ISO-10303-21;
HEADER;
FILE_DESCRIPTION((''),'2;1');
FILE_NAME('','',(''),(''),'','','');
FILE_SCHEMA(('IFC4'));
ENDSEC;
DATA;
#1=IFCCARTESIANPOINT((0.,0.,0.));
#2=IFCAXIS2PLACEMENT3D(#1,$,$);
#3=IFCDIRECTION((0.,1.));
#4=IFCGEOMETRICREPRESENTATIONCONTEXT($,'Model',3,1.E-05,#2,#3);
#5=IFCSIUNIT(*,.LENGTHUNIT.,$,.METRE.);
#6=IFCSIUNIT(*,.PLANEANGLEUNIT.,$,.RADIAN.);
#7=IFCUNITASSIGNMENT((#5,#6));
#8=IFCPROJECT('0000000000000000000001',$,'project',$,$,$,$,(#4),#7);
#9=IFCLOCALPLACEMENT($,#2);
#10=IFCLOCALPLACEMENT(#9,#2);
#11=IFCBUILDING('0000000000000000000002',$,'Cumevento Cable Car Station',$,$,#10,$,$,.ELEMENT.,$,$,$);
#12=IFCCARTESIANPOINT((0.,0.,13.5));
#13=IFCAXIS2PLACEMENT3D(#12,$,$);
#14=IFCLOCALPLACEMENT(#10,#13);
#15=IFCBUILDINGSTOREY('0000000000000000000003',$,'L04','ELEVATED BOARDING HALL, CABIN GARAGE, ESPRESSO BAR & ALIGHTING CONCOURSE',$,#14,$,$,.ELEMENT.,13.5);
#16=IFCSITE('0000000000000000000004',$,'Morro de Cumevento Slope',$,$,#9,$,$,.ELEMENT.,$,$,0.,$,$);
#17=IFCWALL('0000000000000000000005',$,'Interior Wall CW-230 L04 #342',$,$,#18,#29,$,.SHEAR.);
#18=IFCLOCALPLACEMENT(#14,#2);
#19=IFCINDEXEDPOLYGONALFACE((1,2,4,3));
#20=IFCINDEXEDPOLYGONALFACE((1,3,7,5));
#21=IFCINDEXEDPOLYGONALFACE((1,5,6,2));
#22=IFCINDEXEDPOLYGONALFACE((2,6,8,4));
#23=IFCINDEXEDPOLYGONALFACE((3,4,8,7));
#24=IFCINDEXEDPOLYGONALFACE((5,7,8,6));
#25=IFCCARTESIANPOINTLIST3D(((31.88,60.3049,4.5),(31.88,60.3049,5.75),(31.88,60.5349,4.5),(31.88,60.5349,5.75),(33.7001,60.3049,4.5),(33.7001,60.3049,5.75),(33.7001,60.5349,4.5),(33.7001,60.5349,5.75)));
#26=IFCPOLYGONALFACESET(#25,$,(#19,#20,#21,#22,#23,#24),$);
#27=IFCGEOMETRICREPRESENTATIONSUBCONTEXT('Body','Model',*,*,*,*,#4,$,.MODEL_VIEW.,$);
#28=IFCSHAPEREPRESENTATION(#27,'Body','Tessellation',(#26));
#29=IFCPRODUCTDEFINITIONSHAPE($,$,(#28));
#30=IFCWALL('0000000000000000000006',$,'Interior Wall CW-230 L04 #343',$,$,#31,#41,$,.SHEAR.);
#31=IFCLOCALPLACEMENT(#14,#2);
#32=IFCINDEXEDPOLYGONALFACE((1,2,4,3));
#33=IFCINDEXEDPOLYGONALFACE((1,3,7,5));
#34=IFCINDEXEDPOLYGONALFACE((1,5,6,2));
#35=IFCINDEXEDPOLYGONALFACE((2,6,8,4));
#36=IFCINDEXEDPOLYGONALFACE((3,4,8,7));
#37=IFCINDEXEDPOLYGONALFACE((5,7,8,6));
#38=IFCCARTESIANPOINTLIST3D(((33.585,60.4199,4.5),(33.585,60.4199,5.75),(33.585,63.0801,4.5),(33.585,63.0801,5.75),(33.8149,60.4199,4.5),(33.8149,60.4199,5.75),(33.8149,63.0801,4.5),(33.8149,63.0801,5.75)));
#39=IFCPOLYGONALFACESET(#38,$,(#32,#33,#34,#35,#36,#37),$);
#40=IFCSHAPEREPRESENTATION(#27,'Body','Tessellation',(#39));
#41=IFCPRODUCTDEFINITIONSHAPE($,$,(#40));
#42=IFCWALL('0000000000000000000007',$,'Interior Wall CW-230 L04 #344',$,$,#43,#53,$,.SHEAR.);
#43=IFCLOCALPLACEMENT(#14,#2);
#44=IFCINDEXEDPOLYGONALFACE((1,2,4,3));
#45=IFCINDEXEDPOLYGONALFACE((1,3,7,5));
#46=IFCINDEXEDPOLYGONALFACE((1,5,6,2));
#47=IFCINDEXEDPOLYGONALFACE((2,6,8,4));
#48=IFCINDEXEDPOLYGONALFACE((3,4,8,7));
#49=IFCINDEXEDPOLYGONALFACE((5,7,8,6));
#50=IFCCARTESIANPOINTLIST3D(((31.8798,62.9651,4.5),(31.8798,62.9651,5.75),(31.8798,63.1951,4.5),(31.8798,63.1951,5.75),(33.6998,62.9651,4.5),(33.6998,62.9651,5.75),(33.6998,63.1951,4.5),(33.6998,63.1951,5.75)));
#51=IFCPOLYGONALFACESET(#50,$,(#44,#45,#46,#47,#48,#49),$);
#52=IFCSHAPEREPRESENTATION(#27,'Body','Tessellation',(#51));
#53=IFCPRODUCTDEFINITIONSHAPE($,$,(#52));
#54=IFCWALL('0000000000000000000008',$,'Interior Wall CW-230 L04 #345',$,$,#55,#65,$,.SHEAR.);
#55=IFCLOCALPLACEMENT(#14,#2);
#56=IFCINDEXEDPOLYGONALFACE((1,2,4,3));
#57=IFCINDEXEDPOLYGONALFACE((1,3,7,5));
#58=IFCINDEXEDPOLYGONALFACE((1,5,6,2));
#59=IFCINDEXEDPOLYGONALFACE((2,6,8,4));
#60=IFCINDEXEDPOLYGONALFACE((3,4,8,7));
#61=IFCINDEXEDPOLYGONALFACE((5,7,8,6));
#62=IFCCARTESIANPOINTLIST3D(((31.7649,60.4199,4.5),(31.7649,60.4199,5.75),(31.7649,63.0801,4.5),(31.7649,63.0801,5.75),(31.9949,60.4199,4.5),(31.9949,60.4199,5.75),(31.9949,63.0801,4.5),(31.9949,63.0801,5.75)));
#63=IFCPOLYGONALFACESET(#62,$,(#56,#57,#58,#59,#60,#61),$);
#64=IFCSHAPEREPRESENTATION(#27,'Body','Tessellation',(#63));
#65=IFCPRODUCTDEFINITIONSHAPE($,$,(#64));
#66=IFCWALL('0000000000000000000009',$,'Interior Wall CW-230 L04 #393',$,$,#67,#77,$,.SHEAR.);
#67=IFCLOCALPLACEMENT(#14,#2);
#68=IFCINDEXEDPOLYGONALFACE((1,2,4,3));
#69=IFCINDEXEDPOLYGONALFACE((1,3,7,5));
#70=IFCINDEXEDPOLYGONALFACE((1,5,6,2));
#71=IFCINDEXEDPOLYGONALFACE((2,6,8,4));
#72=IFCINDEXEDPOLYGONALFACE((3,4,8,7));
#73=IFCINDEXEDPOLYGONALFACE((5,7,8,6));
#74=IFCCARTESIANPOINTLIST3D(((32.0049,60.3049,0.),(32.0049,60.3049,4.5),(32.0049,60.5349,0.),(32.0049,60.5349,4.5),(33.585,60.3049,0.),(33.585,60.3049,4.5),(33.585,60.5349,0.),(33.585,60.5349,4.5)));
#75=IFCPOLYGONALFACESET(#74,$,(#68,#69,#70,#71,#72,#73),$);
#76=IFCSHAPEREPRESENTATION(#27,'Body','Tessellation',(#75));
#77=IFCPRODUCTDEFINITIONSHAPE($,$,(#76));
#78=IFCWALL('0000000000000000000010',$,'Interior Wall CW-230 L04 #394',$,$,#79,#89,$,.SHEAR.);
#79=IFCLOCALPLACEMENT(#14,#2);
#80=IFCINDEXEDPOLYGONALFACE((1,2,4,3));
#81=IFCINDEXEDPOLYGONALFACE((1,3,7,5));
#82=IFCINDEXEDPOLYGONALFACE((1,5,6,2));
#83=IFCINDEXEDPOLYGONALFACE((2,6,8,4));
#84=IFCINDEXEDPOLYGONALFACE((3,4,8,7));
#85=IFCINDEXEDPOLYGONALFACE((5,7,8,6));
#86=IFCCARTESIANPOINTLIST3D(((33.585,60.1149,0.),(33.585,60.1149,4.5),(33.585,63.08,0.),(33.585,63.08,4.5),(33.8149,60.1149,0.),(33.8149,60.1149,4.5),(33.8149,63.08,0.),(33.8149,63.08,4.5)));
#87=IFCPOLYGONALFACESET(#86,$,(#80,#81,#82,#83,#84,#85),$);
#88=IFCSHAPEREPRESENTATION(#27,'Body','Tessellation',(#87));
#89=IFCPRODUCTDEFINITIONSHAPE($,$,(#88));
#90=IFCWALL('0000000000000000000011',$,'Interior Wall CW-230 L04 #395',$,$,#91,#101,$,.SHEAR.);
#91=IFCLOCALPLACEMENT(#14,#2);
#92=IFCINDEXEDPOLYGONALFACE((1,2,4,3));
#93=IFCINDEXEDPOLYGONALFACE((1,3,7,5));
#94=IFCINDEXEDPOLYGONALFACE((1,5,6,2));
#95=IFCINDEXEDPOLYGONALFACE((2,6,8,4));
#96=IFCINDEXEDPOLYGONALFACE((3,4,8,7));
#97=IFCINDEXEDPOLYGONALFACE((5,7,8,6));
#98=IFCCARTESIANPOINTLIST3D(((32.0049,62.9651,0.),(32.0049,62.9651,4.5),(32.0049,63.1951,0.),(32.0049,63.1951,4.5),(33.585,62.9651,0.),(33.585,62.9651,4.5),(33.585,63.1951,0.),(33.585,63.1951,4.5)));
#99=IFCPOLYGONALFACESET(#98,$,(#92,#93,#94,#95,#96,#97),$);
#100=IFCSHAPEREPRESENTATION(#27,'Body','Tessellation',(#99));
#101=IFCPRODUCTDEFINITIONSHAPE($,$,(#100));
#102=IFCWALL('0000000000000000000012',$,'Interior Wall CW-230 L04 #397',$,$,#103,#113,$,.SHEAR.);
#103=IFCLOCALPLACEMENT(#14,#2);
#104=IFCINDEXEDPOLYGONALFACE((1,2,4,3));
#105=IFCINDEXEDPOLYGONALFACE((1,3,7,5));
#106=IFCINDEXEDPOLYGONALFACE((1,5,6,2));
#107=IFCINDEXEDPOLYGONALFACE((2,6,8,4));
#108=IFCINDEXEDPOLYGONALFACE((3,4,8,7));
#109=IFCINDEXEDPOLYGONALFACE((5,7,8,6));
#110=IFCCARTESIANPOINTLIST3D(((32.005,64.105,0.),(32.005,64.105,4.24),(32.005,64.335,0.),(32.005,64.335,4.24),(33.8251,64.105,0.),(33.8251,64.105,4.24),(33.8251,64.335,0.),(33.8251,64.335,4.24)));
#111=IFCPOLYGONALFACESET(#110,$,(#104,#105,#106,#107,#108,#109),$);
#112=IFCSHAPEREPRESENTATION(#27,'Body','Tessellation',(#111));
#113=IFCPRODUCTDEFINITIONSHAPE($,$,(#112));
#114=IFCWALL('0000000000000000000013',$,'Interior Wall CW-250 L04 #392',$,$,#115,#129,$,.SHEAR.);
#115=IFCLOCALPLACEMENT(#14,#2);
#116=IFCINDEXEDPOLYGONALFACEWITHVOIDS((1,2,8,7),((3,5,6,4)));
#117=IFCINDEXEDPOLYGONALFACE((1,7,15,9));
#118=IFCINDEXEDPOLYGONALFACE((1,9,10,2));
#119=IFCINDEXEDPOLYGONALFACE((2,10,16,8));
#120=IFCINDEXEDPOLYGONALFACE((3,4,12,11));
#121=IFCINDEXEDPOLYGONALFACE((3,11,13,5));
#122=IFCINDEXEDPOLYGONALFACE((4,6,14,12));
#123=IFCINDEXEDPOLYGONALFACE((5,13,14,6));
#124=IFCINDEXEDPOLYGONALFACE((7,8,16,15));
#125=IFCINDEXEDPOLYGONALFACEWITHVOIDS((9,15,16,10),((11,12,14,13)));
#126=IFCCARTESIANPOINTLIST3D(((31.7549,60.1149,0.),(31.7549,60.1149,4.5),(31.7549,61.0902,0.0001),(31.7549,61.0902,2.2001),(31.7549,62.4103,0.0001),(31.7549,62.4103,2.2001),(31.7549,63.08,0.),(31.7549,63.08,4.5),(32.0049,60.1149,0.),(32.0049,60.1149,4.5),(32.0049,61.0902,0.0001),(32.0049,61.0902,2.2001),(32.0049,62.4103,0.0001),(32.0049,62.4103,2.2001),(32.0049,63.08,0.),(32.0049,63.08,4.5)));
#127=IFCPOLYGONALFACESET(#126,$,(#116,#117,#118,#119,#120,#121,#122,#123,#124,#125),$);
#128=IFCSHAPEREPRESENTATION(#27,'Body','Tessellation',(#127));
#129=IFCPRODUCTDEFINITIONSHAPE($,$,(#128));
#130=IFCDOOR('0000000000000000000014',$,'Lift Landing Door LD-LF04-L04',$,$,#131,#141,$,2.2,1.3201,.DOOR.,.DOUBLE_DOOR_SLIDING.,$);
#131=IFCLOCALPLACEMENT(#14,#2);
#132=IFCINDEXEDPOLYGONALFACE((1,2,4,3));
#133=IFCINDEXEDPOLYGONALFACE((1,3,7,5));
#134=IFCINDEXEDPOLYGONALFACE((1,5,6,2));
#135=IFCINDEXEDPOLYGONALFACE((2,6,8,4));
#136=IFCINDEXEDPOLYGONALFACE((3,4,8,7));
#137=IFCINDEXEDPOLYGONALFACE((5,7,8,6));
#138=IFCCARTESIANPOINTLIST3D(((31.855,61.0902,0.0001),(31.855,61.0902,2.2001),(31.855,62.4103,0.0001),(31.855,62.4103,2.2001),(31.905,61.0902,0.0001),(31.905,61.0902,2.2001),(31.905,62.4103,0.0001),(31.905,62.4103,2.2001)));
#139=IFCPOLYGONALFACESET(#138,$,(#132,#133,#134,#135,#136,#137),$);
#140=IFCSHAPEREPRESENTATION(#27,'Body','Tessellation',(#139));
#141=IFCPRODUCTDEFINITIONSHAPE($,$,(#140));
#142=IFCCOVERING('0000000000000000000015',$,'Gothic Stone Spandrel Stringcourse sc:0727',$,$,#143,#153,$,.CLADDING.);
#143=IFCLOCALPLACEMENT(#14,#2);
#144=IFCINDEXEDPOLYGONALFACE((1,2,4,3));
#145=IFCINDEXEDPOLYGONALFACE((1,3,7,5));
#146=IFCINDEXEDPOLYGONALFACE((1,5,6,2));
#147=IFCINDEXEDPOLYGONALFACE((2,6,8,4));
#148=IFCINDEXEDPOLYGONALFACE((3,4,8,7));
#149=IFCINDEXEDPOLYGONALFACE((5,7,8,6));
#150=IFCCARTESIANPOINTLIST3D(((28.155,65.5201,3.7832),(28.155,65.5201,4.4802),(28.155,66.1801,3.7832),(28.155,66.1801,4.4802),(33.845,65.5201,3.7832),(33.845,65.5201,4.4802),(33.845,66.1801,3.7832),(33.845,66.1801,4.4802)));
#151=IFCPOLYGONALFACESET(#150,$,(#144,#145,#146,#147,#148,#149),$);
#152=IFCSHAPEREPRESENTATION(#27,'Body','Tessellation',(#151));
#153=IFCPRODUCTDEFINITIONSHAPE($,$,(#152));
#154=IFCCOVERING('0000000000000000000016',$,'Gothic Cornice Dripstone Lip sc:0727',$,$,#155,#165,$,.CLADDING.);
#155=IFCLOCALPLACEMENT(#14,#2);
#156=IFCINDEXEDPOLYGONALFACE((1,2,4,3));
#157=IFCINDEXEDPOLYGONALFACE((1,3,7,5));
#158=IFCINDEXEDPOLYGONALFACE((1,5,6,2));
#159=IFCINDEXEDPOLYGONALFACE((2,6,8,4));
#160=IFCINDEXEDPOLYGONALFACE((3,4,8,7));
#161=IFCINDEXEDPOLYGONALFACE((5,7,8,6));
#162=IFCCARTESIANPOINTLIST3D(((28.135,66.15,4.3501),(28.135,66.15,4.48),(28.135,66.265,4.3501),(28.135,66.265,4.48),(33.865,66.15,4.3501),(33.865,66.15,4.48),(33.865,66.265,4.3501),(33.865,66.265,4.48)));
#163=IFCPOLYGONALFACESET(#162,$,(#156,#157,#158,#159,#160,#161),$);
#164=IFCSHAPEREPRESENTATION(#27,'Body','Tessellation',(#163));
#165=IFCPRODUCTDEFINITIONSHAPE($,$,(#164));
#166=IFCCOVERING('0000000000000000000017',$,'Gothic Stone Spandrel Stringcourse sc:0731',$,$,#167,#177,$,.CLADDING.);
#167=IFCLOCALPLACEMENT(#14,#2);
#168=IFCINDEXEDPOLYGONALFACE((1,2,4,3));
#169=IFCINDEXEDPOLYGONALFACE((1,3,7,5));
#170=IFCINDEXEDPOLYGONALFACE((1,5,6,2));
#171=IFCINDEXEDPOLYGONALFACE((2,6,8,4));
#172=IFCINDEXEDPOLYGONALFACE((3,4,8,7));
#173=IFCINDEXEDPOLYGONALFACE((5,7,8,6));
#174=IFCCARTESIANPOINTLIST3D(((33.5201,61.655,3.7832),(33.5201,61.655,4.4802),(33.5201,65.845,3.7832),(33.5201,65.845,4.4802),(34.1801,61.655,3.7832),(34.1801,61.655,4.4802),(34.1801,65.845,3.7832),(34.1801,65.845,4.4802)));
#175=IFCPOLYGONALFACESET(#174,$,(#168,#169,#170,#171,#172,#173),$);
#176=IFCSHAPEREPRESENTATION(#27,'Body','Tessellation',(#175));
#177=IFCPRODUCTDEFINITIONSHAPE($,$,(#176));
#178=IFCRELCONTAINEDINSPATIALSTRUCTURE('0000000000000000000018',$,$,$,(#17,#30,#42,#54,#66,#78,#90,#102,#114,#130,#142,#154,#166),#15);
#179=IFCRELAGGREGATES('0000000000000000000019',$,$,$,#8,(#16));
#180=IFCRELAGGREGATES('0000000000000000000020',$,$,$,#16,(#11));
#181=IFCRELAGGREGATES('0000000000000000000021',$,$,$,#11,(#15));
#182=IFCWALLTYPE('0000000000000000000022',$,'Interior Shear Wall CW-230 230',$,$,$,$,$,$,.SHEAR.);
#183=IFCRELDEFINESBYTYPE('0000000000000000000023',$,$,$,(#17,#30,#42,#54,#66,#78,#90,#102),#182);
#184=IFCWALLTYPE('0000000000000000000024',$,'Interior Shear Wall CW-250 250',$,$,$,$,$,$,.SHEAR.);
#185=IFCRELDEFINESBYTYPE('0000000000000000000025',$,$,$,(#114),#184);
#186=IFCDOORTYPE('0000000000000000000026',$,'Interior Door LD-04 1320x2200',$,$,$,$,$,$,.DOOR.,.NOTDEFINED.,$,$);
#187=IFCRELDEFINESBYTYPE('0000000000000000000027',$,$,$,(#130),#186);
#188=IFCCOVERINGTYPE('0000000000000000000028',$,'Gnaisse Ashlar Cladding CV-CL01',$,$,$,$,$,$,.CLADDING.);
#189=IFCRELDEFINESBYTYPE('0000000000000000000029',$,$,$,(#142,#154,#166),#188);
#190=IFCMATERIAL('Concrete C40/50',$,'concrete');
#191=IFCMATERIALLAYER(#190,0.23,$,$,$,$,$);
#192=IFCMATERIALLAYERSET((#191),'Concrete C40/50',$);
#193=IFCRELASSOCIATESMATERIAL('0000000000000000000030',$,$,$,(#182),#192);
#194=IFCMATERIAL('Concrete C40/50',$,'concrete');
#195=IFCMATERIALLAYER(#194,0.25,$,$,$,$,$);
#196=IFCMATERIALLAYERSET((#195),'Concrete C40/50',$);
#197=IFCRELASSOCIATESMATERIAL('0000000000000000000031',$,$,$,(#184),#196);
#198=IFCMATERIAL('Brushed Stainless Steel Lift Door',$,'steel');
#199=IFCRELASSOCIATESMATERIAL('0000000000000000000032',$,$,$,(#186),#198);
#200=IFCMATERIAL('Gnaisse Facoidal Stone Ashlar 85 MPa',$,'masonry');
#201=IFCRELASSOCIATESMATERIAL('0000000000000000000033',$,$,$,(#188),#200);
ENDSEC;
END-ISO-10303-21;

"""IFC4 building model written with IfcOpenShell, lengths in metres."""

from ifc_helpers import new_model, si_unit, direction, frame, frame_2d, origin, origin_2d, place, context, subcontext, project, spatial, rectangle, extrude, material, layer, layer_set, type_object, element, fill, save


model = new_model("IFC4")

# Units and contexts
model_context = context("Model", 3, precision=1e-05, world=origin(), true_north=direction((0.0, 1.0)))
body_context = subcontext(model_context, "Body", "Model", "MODEL_VIEW")
ifc_project = project(units=[si_unit("LENGTHUNIT", "METRE"), si_unit("PLANEANGLEUNIT", "RADIAN")], contexts=[model_context])

# Site, building, storey
site_placement = place(None, origin())
site = spatial("IfcSite", under=ifc_project, at=site_placement, Name="Morro de Cumevento Slope", CompositionType="ELEMENT", RefElevation=0.0)
building_placement = place(site_placement, origin())
building = spatial("IfcBuilding", under=site, at=building_placement, Name="Cumevento Cable Car Station", CompositionType="ELEMENT")
storey_placement = place(building_placement, frame((0.0, 0.0, 13.5)))
storey = spatial("IfcBuildingStorey", under=building, at=storey_placement, Name="L04", Description="ELEVATED BOARDING HALL, CABIN GARAGE, ESPRESSO BAR & ALIGHTING CONCOURSE", CompositionType="ELEMENT", Elevation=13.5)

# Walls
ifc_material_1 = material(Name="Concrete C40/50", Category="concrete")
ifc_layer_1 = layer(ifc_material_1, 0.23)
ifc_layer_set_1 = layer_set([ifc_layer_1], Name="Concrete C40/50")
wall_type_1 = type_object("IfcWallType", Name="Interior Shear Wall CW-230 230", PredefinedType="SHEAR", material=ifc_layer_set_1)
wall_1_placement = place(storey_placement, frame((31.8799, 60.4199, 4.5), z_axis=(0.0, 0.0, 1.0), x_axis=(1.0, 0.0, 0.0)))
element("IfcWall", 1, at=wall_1_placement, inside=storey, type_object=wall_type_1, Name="Interior Wall CW-230 L04 #342", PredefinedType="SHEAR", context=body_context, shape_type="SweptSolid", body=[
    extrude(rectangle(XDim=1.8201, YDim=0.23, at=frame_2d((0.9102, 0.0))), origin(), (0.0, 0.0, 1.0), 1.25),
])
wall_2_placement = place(storey_placement, frame((33.7, 60.4199, 4.5), z_axis=(0.0, 0.0, 1.0), x_axis=(0.0, 1.0, 0.0)))
element("IfcWall", 2, at=wall_2_placement, inside=storey, type_object=wall_type_1, Name="Interior Wall CW-230 L04 #343", PredefinedType="SHEAR", context=body_context, shape_type="SweptSolid", body=[
    extrude(rectangle(XDim=2.6602, YDim=0.23, at=frame_2d((1.3301, 0.0))), origin(), (0.0, 0.0, 1.0), 1.25),
])
wall_3_placement = place(storey_placement, frame((33.7, 63.0801, 4.5), z_axis=(0.0, 0.0, 1.0), x_axis=(-1.0, 0.0, 0.0)))
element("IfcWall", 3, at=wall_3_placement, inside=storey, type_object=wall_type_1, Name="Interior Wall CW-230 L04 #344", PredefinedType="SHEAR", context=body_context, shape_type="SweptSolid", body=[
    extrude(rectangle(XDim=1.8201, YDim=0.23, at=frame_2d((0.9102, 0.0))), origin(), (0.0, 0.0, 1.0), 1.25),
])
wall_4_placement = place(storey_placement, frame((31.8799, 63.0801, 4.5), z_axis=(0.0, 0.0, 1.0), x_axis=(0.0, -1.0, 0.0)))
element("IfcWall", 4, at=wall_4_placement, inside=storey, type_object=wall_type_1, Name="Interior Wall CW-230 L04 #345", PredefinedType="SHEAR", context=body_context, shape_type="SweptSolid", body=[
    extrude(rectangle(XDim=2.6602, YDim=0.23, at=frame_2d((1.3301, 0.0))), origin(), (0.0, 0.0, 1.0), 1.25),
])
wall_5_placement = place(storey_placement, frame((32.0049, 60.4199, 0.0), z_axis=(0.0, 0.0, 1.0), x_axis=(1.0, 0.0, 0.0)))
element("IfcWall", 5, at=wall_5_placement, inside=storey, type_object=wall_type_1, Name="Interior Wall CW-230 L04 #393", PredefinedType="SHEAR", context=body_context, shape_type="SweptSolid", body=[
    extrude(rectangle(XDim=1.5801, YDim=0.23, at=frame_2d((0.79, 0.0))), origin(), (0.0, 0.0, 1.0), 4.5),
])
wall_6_placement = place(storey_placement, frame((33.7, 60.115, 0.0), z_axis=(0.0, 0.0, 1.0), x_axis=(0.0, 1.0, 0.0)))
element("IfcWall", 6, at=wall_6_placement, inside=storey, type_object=wall_type_1, Name="Interior Wall CW-230 L04 #394", PredefinedType="SHEAR", context=body_context, shape_type="SweptSolid", body=[
    extrude(rectangle(XDim=2.9651, YDim=0.23, at=frame_2d((1.4824, 0.0))), origin(), (0.0, 0.0, 1.0), 4.5),
])
wall_7_placement = place(storey_placement, frame((32.0049, 63.0801, 0.0), z_axis=(0.0, 0.0, 1.0), x_axis=(1.0, 0.0, 0.0)))
element("IfcWall", 7, at=wall_7_placement, inside=storey, type_object=wall_type_1, Name="Interior Wall CW-230 L04 #395", PredefinedType="SHEAR", context=body_context, shape_type="SweptSolid", body=[
    extrude(rectangle(XDim=1.5801, YDim=0.23, at=frame_2d((0.79, 0.0))), origin(), (0.0, 0.0, 1.0), 4.5),
])
wall_8_placement = place(storey_placement, frame((32.0049, 64.22, 0.0), z_axis=(0.0, 0.0, 1.0), x_axis=(1.0, 0.0, 0.0)))
element("IfcWall", 8, at=wall_8_placement, inside=storey, type_object=wall_type_1, Name="Interior Wall CW-230 L04 #397", PredefinedType="SHEAR", context=body_context, shape_type="SweptSolid", body=[
    extrude(rectangle(XDim=1.8201, YDim=0.23, at=frame_2d((0.9102, 0.0))), origin(), (0.0, 0.0, 1.0), 4.24),
])

# Wall, opening, door
ifc_material_2 = material(Name="Concrete C40/50", Category="concrete")
ifc_layer_2 = layer(ifc_material_2, 0.25)
ifc_layer_set_2 = layer_set([ifc_layer_2], Name="Concrete C40/50")
wall_type_2 = type_object("IfcWallType", Name="Interior Shear Wall CW-250 250", PredefinedType="SHEAR", material=ifc_layer_set_2)
wall_9_placement = place(storey_placement, frame((31.8799, 60.115, 0.0), z_axis=(0.0, 0.0, 1.0), x_axis=(0.0, 1.0, 0.0)))
wall_9 = element("IfcWall", 9, at=wall_9_placement, inside=storey, type_object=wall_type_2, Name="Interior Wall CW-250 L04 #392", PredefinedType="SHEAR", context=body_context, shape_type="SweptSolid", body=[
    extrude(rectangle(XDim=2.9651, YDim=0.25, at=frame_2d((1.4824, 0.0))), origin(), (0.0, 0.0, 1.0), 4.5),
])
opening_1_placement = place(wall_9_placement, frame((0.9751, 0.0, 0.0)))
opening_1 = element("IfcOpeningElement", 10, at=opening_1_placement, cuts=wall_9, PredefinedType="OPENING", context=body_context, shape_type="SweptSolid", body=[
    extrude(rectangle(XDim=1.3201, YDim=2.2, at=frame_2d((0.6602, 1.1001))), frame((0.0, 0.135, 0.0), z_axis=(0.0, -1.0, 0.0), x_axis=(1.0, 0.0, 0.0)), (0.0, 0.0, 1.0), 0.27),
])
ifc_material_3 = material(Name="Brushed Stainless Steel Lift Door", Category="steel")
door_type_1 = type_object("IfcDoorType", Name="Interior Door LD-04 1320x2200", OperationType="NOTDEFINED", PredefinedType="DOOR", material=ifc_material_3)
door_1_placement = place(opening_1_placement, origin())
door_1 = element("IfcDoor", 11, at=door_1_placement, inside=storey, type_object=door_type_1, Name="Lift Landing Door LD-LF04-L04", OperationType="DOUBLE_DOOR_SLIDING", OverallHeight=2.2, OverallWidth=1.3201, PredefinedType="DOOR", context=body_context, shape_type="SweptSolid", body=[
    extrude(rectangle(XDim=1.3201, YDim=2.2, at=frame_2d((0.6602, 1.1001))), frame((0.0, 0.0249, 0.0), z_axis=(0.0, -1.0, 0.0), x_axis=(1.0, 0.0, 0.0)), (0.0, 0.0, 1.0), 0.05),
])
fill(opening_1, door_1)

# Coverings
ifc_material_4 = material(Name="Gnaisse Facoidal Stone Ashlar 85 MPa", Category="masonry")
covering_type = type_object("IfcCoveringType", Name="Gnaisse Ashlar Cladding CV-CL01", PredefinedType="CLADDING", material=ifc_material_4)
covering_1_placement = place(storey_placement, frame((31.0, 65.8501, 3.7832), z_axis=(0.0, 0.0, 1.0), x_axis=(1.0, 0.0, 0.0)))
element("IfcCovering", 12, at=covering_1_placement, inside=storey, type_object=covering_type, Name="Gothic Stone Spandrel Stringcourse sc:0727", PredefinedType="CLADDING", context=body_context, shape_type="SweptSolid", body=[
    extrude(rectangle(XDim=5.6899, YDim=0.6599, at=origin_2d()), origin(), (0.0, 0.0, 1.0), 0.697),
])
covering_2_placement = place(storey_placement, frame((31.0, 66.2075, 4.3501), z_axis=(0.0, 0.0, 1.0), x_axis=(1.0, 0.0, 0.0)))
element("IfcCovering", 13, at=covering_2_placement, inside=storey, type_object=covering_type, Name="Gothic Cornice Dripstone Lip sc:0727", PredefinedType="CLADDING", context=body_context, shape_type="SweptSolid", body=[
    extrude(rectangle(XDim=5.73, YDim=0.115, at=origin_2d()), origin(), (0.0, 0.0, 1.0), 0.1299),
])
covering_3_placement = place(storey_placement, frame((33.8501, 63.75, 3.7832), z_axis=(0.0, 0.0, 1.0), x_axis=(0.0, -1.0, 0.0)))
element("IfcCovering", 14, at=covering_3_placement, inside=storey, type_object=covering_type, Name="Gothic Stone Spandrel Stringcourse sc:0731", PredefinedType="CLADDING", context=body_context, shape_type="SweptSolid", body=[
    extrude(rectangle(XDim=4.1899, YDim=0.6599, at=origin_2d()), origin(), (0.0, 0.0, 1.0), 0.697),
])

save(model, "model.ifc")
